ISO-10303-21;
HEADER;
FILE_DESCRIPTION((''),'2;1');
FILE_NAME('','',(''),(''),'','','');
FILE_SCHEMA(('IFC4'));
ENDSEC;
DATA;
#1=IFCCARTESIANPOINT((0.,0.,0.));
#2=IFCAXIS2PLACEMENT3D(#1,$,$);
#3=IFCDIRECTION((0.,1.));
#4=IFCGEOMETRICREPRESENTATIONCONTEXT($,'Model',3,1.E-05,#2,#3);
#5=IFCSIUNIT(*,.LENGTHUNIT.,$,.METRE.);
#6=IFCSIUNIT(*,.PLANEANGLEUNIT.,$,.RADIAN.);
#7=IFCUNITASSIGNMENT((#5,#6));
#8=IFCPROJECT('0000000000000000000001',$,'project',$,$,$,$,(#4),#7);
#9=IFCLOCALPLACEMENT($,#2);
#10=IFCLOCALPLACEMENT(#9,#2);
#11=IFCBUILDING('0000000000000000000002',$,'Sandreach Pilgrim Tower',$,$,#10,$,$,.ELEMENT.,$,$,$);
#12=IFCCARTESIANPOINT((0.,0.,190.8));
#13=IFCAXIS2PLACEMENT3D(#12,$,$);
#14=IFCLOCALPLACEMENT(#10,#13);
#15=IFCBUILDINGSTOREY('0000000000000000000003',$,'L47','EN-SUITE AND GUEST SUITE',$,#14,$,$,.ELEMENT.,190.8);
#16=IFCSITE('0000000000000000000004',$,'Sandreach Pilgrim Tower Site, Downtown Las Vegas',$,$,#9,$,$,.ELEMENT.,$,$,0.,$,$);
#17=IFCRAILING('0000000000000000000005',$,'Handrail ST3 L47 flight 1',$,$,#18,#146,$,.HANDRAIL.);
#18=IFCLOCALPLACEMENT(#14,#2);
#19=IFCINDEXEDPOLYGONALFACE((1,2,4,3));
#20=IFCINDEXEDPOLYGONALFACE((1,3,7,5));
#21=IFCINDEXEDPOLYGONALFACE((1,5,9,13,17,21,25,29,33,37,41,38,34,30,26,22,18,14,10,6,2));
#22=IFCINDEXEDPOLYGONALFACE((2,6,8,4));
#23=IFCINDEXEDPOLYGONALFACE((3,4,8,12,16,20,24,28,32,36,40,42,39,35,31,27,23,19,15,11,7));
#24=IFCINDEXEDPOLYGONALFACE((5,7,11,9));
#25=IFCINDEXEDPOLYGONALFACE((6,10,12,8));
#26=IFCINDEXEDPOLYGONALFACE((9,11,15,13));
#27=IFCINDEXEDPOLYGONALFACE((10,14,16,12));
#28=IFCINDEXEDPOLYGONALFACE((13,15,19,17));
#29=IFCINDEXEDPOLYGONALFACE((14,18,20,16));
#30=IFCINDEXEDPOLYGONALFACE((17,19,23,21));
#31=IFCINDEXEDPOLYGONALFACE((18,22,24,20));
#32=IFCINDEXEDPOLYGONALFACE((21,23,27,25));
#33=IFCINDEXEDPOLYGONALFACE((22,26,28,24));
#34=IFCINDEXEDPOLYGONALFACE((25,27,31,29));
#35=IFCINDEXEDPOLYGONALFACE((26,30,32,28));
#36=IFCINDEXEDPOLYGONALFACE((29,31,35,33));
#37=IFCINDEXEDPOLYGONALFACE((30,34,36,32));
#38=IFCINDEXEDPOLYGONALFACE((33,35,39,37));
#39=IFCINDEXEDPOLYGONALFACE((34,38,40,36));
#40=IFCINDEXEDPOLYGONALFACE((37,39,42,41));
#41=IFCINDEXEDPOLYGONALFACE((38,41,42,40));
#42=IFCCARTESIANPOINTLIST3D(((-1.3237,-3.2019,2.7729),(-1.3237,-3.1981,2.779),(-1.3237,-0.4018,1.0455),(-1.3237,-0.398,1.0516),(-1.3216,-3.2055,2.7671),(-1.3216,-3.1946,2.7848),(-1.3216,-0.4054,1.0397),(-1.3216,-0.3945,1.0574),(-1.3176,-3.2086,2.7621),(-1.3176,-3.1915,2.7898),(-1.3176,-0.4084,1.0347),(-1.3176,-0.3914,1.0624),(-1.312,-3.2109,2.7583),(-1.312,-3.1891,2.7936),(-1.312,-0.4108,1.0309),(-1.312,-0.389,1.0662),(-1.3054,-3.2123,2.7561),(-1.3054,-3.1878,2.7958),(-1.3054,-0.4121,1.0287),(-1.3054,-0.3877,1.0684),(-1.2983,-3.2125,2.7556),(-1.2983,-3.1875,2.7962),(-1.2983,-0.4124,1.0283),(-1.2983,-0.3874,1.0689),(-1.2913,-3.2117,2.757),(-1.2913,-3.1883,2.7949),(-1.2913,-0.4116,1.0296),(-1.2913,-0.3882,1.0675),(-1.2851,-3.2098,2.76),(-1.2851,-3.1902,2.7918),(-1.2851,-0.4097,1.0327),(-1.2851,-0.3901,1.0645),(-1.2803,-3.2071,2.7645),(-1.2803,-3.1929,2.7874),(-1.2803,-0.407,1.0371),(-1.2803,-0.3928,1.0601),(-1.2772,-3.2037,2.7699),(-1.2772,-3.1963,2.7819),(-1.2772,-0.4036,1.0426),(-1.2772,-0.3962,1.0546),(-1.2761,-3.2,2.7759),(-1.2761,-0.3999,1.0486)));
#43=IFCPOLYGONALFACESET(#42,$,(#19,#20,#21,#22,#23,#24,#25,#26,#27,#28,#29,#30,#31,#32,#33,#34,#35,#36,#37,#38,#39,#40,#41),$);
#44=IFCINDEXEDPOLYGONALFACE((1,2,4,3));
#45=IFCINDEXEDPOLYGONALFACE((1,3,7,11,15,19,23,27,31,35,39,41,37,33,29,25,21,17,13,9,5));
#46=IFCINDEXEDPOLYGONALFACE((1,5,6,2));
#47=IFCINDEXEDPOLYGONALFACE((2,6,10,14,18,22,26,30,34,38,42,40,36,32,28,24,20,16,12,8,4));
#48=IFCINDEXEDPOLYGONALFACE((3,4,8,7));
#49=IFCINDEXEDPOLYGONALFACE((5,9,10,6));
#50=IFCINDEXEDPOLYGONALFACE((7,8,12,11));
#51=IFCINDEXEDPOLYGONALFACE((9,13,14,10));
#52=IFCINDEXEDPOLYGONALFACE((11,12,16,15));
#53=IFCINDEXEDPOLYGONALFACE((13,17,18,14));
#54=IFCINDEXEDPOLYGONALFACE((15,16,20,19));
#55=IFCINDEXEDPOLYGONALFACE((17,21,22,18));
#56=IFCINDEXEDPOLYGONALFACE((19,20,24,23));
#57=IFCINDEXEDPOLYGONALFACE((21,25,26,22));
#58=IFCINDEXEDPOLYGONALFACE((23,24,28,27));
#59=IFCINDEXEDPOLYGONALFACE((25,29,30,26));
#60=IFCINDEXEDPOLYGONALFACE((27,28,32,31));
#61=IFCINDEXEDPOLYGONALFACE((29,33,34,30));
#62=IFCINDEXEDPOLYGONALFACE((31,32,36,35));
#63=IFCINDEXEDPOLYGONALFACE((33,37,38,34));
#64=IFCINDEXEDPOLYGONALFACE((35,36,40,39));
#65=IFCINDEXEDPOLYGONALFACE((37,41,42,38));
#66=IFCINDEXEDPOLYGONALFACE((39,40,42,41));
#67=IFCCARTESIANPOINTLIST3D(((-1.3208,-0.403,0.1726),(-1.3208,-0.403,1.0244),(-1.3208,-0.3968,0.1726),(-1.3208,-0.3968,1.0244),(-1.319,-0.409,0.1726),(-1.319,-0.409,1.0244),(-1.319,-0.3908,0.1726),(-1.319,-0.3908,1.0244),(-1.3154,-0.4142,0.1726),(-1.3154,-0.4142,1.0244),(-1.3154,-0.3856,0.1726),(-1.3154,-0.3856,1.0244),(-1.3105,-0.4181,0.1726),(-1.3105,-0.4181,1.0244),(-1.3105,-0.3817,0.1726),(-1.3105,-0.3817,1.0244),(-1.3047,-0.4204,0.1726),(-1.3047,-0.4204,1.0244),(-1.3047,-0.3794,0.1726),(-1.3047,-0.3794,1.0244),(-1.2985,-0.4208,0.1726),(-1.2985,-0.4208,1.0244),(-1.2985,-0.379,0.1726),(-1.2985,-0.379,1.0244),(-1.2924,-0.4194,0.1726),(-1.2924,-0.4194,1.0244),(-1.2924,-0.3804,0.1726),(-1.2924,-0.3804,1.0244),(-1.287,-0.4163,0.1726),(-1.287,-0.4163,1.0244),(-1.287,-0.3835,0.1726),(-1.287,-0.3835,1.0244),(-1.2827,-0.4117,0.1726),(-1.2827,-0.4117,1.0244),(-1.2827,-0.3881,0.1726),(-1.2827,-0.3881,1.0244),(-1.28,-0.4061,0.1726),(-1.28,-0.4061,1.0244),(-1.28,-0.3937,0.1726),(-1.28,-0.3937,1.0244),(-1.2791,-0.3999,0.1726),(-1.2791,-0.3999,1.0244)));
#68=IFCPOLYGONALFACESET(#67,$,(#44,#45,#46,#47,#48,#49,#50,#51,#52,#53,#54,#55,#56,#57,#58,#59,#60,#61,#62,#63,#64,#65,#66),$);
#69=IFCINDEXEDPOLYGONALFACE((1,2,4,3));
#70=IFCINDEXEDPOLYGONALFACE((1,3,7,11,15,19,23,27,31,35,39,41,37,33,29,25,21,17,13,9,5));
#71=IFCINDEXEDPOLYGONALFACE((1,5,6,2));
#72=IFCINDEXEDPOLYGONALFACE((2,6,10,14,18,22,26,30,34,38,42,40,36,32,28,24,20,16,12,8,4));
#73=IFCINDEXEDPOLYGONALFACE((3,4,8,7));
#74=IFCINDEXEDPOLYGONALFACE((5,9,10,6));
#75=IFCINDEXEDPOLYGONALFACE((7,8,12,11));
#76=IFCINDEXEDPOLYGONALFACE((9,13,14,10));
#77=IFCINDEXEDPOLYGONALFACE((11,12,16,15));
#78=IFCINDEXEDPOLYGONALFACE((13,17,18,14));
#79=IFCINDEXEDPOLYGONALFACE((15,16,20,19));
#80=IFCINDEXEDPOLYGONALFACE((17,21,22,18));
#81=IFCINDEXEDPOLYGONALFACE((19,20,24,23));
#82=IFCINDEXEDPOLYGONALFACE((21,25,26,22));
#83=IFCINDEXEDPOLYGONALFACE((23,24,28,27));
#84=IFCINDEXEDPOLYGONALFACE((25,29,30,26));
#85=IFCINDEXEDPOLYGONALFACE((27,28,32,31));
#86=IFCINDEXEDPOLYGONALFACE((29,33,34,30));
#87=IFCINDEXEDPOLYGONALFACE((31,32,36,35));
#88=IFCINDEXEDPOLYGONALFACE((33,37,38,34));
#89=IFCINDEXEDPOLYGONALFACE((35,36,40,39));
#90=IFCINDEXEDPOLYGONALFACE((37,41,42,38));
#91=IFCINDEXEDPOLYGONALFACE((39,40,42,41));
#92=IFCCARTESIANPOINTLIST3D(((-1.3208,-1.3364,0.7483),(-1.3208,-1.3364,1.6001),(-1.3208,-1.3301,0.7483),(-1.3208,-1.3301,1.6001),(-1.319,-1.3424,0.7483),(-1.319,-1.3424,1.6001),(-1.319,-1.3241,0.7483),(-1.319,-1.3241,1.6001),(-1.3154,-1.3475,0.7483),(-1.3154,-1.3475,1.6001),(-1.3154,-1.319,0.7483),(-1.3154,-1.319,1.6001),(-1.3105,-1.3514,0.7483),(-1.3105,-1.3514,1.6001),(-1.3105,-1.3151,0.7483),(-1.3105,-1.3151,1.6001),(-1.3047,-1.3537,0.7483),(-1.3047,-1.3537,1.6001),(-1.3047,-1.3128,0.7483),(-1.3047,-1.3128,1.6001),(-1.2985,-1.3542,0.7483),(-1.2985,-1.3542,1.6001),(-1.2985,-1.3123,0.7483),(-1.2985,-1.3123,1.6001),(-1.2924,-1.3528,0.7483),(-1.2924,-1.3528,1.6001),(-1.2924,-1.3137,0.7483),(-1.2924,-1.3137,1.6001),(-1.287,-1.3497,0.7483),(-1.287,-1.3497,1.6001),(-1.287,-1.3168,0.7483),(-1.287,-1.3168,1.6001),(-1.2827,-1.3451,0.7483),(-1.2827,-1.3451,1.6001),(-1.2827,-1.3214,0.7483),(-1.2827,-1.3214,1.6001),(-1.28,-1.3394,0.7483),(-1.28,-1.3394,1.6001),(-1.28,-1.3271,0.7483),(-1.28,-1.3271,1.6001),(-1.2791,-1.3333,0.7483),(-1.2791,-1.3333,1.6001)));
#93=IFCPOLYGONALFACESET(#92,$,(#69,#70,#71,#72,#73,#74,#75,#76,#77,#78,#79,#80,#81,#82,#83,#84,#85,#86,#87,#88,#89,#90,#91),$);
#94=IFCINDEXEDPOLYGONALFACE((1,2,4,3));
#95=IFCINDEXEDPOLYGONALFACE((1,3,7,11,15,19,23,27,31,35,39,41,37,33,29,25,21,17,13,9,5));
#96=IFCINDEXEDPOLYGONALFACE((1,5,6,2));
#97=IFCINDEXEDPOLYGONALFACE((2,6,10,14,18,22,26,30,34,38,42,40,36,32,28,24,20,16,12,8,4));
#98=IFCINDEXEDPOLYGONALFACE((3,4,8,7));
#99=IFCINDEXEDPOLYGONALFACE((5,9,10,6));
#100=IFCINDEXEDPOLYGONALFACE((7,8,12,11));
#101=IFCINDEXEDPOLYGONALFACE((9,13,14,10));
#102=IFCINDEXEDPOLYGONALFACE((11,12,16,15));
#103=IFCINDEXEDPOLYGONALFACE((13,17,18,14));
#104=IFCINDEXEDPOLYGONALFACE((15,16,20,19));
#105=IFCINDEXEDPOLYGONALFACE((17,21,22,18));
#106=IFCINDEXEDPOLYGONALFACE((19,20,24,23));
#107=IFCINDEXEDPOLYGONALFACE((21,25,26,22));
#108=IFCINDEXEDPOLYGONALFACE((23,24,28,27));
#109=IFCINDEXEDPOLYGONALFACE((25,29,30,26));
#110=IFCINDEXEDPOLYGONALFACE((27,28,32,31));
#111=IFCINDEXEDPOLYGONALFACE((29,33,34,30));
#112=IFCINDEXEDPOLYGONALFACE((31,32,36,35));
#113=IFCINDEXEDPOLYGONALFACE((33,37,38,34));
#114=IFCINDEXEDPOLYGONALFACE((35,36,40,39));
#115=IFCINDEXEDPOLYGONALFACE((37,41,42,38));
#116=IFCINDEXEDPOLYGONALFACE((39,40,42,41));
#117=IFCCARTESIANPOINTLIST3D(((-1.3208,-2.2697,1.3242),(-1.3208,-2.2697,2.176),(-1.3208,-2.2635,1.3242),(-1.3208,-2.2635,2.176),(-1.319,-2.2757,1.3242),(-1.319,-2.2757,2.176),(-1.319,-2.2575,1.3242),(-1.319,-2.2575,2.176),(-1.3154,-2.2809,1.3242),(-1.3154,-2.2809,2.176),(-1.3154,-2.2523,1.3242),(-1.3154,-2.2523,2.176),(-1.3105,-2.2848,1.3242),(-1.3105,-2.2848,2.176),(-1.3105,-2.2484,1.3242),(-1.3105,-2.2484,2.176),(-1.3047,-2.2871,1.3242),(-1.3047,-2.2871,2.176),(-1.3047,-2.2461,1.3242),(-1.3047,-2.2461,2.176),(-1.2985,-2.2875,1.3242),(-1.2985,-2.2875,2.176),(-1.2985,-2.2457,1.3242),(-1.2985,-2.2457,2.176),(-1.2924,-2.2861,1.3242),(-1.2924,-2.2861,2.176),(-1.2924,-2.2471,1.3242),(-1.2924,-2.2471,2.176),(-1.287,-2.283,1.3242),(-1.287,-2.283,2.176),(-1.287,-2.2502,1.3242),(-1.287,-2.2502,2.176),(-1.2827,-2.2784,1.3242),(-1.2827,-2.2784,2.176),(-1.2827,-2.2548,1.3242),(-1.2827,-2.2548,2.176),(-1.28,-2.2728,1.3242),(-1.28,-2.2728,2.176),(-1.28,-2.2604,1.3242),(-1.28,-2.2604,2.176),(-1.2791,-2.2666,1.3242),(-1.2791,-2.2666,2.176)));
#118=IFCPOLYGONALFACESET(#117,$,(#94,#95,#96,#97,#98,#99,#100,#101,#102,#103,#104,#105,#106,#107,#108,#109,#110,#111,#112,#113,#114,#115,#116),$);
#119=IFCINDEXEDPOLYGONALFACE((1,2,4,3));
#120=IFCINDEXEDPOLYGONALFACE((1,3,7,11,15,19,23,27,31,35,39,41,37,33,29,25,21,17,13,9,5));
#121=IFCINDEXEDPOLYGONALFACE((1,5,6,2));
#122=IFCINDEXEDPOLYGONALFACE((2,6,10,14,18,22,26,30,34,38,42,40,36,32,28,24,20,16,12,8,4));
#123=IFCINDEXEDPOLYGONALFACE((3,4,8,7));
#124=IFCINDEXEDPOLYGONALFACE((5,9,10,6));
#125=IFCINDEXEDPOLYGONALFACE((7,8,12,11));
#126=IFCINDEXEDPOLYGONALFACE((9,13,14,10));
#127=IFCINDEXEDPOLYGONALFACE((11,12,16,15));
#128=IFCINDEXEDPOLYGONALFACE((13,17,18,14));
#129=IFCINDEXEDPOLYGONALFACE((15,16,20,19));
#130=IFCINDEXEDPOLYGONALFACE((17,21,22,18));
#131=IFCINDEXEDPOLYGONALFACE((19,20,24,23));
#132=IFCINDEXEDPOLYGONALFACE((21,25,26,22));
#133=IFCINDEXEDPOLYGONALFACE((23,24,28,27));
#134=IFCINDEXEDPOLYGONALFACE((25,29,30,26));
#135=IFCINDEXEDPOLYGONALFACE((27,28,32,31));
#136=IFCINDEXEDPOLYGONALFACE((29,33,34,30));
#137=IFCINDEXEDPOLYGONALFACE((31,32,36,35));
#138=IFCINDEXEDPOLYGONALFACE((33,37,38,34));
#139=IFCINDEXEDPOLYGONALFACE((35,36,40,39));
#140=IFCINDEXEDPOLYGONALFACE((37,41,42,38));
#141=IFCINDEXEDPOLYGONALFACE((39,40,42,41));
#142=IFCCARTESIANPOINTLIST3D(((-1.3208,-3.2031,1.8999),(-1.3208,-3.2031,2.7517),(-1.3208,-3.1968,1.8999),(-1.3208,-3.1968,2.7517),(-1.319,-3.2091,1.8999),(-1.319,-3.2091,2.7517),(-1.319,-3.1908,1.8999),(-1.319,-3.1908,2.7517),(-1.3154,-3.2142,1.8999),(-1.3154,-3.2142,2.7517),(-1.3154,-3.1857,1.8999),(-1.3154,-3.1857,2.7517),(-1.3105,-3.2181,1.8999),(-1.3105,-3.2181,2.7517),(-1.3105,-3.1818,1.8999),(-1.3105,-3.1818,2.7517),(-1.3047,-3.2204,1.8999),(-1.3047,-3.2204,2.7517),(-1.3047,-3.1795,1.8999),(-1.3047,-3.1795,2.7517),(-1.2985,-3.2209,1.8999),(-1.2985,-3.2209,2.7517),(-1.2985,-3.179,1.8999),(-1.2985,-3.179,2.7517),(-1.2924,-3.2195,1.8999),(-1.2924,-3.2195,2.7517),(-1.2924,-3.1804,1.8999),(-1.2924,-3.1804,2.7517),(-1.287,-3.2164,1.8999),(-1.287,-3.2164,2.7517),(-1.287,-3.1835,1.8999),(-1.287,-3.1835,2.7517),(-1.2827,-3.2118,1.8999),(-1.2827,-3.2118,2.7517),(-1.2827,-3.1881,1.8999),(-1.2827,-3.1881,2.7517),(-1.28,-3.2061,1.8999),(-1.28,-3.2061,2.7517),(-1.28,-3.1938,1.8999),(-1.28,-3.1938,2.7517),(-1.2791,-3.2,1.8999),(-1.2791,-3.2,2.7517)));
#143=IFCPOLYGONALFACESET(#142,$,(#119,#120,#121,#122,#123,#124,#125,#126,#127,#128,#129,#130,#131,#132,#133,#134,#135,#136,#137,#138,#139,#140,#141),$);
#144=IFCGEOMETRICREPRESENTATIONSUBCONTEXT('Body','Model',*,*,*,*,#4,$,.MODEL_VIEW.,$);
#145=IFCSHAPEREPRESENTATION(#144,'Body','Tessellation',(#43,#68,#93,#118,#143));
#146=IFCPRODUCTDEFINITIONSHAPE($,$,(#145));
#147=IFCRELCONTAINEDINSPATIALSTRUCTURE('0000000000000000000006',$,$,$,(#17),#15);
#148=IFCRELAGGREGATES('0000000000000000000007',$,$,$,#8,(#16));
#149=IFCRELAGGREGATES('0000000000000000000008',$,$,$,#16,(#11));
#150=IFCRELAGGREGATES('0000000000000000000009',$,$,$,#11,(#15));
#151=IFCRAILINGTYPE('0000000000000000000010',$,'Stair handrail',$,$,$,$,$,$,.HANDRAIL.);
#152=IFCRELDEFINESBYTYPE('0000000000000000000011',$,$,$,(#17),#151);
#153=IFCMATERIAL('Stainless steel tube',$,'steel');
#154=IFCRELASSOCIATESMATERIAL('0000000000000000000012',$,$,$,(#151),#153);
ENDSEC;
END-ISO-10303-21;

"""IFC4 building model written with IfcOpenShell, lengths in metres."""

from ifc_helpers import new_model, si_unit, direction, frame, origin, origin_2d, place, context, subcontext, project, spatial, circle, extrude, material, type_object, element, save


model = new_model("IFC4")

# Units and contexts
model_context = context("Model", 3, precision=1e-05, world=origin(), true_north=direction((0.0, 1.0)))
body_context = subcontext(model_context, "Body", "Model", "MODEL_VIEW")
ifc_project = project(units=[si_unit("LENGTHUNIT", "METRE"), si_unit("PLANEANGLEUNIT", "RADIAN")], contexts=[model_context])

# Site, building, storey
site_placement = place(None, origin())
site = spatial("IfcSite", under=ifc_project, at=site_placement, Name="Sandreach Pilgrim Tower Site, Downtown Las Vegas", CompositionType="ELEMENT", RefElevation=0.0)
building_placement = place(site_placement, origin())
building = spatial("IfcBuilding", under=site, at=building_placement, Name="Sandreach Pilgrim Tower", CompositionType="ELEMENT")
storey_placement = place(building_placement, frame((0.0, 0.0, 190.8)))
storey = spatial("IfcBuildingStorey", under=building, at=storey_placement, Name="L47", Description="EN-SUITE AND GUEST SUITE", CompositionType="ELEMENT", Elevation=190.8)

# Railing
ifc_material_1 = material(Name="Stainless steel tube", Category="steel")
railing_type = type_object("IfcRailingType", Name="Stair handrail", PredefinedType="HANDRAIL", material=ifc_material_1)
for number, where, name in (
    (1, (-1.3, -0.3999, 0.1726), "Handrail ST3 L47 flight 1"),
):
    element("IfcRailing", number, at=place(storey_placement, frame(where)), inside=storey, type_object=railing_type, Name=name, PredefinedType="HANDRAIL", context=body_context, shape_type="SweptSolid", body=[
        extrude(circle(Radius=0.0239, at=origin_2d()), frame((0.0, 0.0, 0.876), z_axis=(0.0, -0.85109, 0.52502), x_axis=(1.0, 0.0, 0.0)), (0.0, 0.0, 1.0), 3.29),
        extrude(circle(Radius=0.021, at=origin_2d()), origin(), (0.0, 0.0, 1.0), 0.8518),
        extrude(circle(Radius=0.021, at=origin_2d()), frame((0.0, -0.9333, 0.5757)), (0.0, 0.0, 1.0), 0.8518),
        extrude(circle(Radius=0.021, at=origin_2d()), frame((0.0, -1.8667, 1.1516)), (0.0, 0.0, 1.0), 0.8518),
        extrude(circle(Radius=0.021, at=origin_2d()), frame((0.0, -2.8, 1.7273)), (0.0, 0.0, 1.0), 0.8518),
    ])

save(model, "model.ifc")
